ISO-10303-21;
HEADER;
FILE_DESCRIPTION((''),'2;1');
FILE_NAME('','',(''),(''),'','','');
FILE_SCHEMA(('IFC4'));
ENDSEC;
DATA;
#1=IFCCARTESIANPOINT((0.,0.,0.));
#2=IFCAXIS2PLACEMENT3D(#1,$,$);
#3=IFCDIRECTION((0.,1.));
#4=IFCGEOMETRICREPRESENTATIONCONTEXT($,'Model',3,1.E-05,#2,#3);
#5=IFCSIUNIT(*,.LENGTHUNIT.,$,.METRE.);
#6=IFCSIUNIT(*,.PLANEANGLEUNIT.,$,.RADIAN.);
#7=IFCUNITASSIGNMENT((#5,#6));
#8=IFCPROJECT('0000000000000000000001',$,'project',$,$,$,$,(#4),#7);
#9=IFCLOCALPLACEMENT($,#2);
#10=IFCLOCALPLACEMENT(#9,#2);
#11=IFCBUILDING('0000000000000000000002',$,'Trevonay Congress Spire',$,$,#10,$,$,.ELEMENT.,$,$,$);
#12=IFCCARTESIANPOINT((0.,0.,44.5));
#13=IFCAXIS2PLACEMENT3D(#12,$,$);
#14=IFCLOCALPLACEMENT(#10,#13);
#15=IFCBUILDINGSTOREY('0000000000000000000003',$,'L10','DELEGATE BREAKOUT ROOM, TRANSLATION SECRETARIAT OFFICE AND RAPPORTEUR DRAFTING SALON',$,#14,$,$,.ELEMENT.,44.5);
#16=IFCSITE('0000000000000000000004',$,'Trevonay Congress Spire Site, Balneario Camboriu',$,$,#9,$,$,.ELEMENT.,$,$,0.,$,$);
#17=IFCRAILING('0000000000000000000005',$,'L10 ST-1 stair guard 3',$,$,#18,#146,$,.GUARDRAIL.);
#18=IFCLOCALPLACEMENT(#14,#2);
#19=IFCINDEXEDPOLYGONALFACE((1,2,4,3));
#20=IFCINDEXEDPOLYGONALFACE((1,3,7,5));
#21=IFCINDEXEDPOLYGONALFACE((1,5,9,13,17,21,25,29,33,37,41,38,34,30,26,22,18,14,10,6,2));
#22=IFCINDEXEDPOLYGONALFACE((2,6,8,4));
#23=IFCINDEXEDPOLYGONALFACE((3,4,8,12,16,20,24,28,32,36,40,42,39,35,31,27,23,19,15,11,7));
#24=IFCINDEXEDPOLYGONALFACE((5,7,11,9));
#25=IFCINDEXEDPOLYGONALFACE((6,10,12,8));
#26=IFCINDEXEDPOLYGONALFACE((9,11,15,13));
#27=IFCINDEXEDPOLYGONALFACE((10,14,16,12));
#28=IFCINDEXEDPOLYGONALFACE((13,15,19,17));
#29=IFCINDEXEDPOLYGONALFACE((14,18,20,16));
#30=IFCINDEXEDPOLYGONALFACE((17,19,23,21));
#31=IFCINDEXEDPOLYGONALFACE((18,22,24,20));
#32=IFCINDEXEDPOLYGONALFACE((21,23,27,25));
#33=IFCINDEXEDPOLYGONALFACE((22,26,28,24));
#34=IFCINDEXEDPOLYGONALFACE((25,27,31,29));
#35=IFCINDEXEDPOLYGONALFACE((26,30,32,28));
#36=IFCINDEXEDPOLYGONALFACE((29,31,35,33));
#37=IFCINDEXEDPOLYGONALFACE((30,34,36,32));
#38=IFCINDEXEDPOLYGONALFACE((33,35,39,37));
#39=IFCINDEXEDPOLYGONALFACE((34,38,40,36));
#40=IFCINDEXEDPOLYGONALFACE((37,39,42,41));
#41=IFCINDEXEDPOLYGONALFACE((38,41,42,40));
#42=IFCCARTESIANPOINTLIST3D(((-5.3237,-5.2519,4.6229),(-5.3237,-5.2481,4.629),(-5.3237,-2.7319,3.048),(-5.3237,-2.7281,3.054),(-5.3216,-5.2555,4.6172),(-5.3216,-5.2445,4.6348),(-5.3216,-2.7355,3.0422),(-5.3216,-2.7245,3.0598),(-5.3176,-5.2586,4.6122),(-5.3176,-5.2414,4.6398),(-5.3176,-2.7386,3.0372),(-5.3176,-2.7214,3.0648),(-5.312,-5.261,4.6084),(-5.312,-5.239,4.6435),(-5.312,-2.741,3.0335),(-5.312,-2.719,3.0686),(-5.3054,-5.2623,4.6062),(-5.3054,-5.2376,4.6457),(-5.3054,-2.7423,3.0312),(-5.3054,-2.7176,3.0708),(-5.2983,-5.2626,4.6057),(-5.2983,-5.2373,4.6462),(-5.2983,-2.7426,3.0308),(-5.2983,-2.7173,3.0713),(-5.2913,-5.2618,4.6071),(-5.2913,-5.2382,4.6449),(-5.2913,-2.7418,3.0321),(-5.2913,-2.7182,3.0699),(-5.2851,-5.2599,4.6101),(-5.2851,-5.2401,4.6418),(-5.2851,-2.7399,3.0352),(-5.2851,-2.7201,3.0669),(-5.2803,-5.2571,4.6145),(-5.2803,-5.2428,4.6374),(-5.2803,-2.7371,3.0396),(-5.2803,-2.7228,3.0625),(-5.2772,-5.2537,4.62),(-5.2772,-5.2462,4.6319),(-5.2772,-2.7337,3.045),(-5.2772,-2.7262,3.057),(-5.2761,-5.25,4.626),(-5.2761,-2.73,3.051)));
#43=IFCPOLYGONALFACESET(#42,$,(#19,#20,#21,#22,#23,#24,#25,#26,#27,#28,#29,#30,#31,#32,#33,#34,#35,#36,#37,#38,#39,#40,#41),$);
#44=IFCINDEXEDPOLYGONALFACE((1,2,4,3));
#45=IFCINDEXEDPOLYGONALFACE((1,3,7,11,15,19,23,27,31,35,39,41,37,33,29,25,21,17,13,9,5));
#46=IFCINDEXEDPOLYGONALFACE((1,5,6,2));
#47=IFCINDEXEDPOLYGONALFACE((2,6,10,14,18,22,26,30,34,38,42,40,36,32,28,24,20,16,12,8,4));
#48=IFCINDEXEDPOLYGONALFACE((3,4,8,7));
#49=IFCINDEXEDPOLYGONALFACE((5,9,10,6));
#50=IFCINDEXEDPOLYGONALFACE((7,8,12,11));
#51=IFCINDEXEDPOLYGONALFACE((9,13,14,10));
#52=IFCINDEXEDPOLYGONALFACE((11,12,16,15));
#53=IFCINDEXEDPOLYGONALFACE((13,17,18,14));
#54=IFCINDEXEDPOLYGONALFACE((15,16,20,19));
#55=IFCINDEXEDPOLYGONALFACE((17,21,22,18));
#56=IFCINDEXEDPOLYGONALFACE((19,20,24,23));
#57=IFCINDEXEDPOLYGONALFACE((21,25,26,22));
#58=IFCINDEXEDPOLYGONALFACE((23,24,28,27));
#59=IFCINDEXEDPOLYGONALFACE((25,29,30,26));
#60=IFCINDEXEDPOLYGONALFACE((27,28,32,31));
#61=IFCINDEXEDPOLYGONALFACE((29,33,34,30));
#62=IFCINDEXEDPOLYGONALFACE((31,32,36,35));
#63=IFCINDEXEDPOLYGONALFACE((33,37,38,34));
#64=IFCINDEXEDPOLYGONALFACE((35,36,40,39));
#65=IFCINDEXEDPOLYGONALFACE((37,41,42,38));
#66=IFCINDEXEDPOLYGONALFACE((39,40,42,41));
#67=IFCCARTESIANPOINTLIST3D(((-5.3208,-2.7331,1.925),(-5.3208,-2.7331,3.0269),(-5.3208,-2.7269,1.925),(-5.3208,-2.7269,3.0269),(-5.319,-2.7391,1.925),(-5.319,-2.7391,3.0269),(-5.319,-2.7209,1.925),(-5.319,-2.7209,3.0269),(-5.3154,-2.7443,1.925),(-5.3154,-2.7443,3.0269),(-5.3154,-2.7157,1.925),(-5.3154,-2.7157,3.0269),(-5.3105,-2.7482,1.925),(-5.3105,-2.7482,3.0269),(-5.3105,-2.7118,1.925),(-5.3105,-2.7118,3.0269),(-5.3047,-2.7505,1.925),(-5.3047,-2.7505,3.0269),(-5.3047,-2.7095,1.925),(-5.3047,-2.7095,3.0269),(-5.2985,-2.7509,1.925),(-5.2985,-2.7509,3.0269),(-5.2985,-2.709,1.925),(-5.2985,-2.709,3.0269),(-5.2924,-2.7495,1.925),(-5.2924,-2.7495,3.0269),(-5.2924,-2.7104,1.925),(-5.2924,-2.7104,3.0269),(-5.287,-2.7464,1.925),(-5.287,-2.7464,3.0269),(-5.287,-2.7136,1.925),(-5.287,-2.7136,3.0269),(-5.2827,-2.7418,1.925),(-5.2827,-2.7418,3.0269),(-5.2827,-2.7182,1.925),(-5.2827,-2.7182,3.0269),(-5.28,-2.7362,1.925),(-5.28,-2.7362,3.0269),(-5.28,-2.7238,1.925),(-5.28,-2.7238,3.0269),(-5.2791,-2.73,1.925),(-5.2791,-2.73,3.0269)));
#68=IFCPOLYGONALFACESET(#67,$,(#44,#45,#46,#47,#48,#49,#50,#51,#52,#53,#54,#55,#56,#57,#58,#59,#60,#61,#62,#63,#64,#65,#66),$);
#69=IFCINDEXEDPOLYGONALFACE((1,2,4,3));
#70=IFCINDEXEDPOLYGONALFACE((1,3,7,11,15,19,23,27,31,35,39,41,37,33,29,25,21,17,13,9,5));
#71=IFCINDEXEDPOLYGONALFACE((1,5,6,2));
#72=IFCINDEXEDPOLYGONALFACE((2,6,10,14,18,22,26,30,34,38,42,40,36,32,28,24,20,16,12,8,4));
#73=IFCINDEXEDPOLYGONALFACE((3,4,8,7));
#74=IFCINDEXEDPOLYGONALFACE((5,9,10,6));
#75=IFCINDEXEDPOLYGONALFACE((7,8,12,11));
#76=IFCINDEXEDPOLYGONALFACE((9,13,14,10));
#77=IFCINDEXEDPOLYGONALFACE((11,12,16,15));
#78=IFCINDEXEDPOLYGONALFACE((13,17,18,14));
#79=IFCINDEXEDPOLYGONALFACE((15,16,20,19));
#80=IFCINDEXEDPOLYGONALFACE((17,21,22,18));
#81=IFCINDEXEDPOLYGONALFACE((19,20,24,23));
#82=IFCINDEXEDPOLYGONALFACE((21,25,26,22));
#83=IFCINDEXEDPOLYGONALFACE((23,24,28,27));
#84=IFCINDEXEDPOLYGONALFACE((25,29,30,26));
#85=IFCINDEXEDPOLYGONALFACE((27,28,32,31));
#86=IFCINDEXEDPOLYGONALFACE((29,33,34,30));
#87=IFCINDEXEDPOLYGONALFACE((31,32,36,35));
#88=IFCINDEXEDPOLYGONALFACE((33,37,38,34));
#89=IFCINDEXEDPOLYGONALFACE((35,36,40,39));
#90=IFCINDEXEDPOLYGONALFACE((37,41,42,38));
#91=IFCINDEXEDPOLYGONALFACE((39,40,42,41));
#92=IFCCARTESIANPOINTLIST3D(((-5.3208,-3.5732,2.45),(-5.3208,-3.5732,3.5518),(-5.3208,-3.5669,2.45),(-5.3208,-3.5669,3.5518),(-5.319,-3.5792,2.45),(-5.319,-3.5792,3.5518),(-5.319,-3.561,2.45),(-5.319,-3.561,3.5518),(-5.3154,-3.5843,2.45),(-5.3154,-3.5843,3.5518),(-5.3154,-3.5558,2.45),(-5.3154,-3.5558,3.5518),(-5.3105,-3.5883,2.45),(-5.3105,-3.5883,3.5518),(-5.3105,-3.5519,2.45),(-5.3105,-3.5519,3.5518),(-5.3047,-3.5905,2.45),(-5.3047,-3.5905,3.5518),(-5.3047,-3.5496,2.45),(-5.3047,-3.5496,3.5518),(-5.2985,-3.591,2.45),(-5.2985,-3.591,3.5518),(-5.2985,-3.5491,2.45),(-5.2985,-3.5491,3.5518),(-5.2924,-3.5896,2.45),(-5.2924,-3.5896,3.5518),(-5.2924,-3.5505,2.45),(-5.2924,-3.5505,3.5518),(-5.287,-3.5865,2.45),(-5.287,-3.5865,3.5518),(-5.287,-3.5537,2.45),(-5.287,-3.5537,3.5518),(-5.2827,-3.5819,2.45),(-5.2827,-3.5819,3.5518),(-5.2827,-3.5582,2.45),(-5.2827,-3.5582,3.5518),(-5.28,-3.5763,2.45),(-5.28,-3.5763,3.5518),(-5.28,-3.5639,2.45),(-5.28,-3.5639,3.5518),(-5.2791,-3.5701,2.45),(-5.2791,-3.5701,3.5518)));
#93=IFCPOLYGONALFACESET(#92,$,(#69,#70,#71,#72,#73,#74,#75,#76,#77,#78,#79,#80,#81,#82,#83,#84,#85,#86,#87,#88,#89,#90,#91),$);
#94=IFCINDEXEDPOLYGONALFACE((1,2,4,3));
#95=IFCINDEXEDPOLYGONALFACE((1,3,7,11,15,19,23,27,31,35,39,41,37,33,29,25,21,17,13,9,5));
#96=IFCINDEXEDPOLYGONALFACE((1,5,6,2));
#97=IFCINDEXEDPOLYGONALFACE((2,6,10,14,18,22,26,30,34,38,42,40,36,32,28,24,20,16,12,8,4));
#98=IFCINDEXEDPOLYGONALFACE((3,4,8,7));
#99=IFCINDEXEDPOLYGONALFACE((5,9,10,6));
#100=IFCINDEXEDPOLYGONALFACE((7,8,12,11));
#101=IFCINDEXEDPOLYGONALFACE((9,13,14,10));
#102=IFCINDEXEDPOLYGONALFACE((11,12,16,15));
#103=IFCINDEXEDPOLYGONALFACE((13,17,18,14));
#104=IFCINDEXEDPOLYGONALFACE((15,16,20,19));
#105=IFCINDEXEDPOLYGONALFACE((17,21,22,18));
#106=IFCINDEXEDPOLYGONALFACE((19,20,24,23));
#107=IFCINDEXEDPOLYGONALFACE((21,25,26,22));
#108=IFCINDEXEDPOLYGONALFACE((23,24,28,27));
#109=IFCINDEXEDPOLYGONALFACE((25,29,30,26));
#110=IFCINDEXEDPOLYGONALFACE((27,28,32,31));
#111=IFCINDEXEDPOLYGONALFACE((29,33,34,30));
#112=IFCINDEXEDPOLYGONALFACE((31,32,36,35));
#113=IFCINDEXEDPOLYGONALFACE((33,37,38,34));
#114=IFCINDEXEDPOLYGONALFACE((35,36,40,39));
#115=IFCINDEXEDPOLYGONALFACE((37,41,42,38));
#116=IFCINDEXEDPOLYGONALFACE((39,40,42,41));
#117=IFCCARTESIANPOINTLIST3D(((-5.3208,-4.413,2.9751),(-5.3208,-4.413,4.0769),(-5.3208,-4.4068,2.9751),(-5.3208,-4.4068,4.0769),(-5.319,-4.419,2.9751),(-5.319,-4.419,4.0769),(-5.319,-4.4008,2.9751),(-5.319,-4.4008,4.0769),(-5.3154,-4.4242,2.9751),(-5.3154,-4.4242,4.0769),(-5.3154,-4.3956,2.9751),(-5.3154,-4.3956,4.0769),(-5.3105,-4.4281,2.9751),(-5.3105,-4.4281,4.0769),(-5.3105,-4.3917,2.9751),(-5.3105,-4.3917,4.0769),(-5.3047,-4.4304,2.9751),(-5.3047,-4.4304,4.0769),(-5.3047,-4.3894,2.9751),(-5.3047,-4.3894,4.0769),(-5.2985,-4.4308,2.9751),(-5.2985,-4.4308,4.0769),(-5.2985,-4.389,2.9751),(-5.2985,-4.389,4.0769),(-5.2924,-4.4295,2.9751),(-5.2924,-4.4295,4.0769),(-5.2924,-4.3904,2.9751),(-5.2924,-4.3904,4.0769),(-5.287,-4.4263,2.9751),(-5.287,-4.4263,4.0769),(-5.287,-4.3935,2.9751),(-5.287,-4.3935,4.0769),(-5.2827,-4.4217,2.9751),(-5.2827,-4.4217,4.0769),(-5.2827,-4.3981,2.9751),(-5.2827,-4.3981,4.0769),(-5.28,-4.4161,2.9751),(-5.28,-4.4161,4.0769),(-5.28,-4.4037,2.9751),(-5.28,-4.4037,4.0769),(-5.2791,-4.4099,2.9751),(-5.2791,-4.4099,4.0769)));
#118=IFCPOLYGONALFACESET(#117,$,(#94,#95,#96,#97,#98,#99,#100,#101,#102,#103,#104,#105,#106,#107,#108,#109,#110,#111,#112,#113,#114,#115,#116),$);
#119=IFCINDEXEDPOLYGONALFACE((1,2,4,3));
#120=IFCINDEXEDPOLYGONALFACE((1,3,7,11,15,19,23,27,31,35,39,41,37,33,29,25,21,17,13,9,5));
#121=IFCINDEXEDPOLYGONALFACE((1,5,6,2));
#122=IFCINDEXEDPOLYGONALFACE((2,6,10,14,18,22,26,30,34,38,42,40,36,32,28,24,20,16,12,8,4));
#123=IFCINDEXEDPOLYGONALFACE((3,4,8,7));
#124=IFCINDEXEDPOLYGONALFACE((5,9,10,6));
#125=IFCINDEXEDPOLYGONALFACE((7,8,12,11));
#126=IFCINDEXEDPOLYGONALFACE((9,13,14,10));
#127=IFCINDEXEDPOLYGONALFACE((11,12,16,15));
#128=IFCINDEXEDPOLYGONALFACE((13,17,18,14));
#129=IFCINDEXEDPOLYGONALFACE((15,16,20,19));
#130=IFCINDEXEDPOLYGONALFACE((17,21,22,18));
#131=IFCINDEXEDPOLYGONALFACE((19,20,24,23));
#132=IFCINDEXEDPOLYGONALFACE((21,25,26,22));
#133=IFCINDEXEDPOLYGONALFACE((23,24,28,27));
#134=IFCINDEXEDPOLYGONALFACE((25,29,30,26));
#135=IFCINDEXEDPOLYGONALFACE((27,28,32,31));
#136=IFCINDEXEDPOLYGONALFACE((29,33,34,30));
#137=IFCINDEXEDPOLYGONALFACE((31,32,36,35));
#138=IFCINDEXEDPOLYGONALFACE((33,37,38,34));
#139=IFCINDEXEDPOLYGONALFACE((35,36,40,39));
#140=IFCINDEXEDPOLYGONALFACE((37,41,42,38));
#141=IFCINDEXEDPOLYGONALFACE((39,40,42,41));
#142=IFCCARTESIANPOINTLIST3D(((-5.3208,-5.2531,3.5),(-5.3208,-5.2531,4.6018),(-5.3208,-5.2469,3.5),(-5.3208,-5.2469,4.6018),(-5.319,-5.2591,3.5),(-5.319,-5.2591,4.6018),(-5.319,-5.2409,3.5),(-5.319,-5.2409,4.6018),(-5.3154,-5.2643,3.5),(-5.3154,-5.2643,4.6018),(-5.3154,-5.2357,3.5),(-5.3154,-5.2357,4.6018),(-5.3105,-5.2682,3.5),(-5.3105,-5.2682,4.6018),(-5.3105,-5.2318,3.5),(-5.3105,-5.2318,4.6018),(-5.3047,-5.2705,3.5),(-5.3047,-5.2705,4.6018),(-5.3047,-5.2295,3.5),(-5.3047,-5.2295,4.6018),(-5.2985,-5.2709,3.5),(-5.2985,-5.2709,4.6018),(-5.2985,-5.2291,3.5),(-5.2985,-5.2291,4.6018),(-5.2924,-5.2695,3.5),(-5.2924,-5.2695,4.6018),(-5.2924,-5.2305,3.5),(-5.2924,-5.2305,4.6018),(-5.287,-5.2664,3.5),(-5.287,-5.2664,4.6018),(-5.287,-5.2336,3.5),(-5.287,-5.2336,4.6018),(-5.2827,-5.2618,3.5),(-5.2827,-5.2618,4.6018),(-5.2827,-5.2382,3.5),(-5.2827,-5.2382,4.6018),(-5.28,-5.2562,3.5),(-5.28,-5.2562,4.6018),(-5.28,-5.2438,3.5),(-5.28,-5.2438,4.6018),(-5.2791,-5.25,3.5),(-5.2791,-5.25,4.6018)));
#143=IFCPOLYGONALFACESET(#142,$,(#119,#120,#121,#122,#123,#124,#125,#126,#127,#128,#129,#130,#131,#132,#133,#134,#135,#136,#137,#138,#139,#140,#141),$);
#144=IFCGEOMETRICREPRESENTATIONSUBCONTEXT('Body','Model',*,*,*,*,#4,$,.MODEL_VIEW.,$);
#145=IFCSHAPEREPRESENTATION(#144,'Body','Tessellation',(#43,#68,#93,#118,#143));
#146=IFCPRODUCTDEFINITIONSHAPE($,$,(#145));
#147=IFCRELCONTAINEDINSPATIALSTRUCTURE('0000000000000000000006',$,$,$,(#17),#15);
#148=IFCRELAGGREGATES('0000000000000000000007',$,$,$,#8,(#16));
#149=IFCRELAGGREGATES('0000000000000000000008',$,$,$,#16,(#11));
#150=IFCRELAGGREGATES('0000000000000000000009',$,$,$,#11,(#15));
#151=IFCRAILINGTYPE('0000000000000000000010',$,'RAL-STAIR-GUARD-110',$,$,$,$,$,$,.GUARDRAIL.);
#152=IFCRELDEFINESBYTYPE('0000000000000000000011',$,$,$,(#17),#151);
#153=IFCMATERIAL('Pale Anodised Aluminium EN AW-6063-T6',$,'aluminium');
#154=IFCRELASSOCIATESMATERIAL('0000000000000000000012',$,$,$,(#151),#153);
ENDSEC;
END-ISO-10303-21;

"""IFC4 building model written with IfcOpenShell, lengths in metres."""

from ifc_helpers import new_model, si_unit, direction, frame, origin, origin_2d, place, context, subcontext, project, spatial, circle, extrude, material, type_object, element, save


model = new_model("IFC4")

# Units and contexts
model_context = context("Model", 3, precision=1e-05, world=origin(), true_north=direction((0.0, 1.0)))
body_context = subcontext(model_context, "Body", "Model", "MODEL_VIEW")
ifc_project = project(units=[si_unit("LENGTHUNIT", "METRE"), si_unit("PLANEANGLEUNIT", "RADIAN")], contexts=[model_context])

# Site, building, storey
site_placement = place(None, origin())
site = spatial("IfcSite", under=ifc_project, at=site_placement, Name="Trevonay Congress Spire Site, Balneario Camboriu", CompositionType="ELEMENT", RefElevation=0.0)
building_placement = place(site_placement, origin())
building = spatial("IfcBuilding", under=site, at=building_placement, Name="Trevonay Congress Spire", CompositionType="ELEMENT")
storey_placement = place(building_placement, frame((0.0, 0.0, 44.5)))
storey = spatial("IfcBuildingStorey", under=building, at=storey_placement, Name="L10", Description="DELEGATE BREAKOUT ROOM, TRANSLATION SECRETARIAT OFFICE AND RAPPORTEUR DRAFTING SALON", CompositionType="ELEMENT", Elevation=44.5)

# Shared definitions
ifc_material_1 = material(Name="Pale Anodised Aluminium EN AW-6063-T6", Category="aluminium")

# Railing
railing_type_1 = type_object("IfcRailingType", Name="RAL-STAIR-GUARD-110", PredefinedType="GUARDRAIL", material=ifc_material_1)
railing_1_placement = place(storey_placement, frame((-5.3, -2.73, 1.925)))
element("IfcRailing", 1, at=railing_1_placement, inside=storey, type_object=railing_type_1, Name="L10 ST-1 stair guard 3", PredefinedType="GUARDRAIL", context=body_context, shape_type="SweptSolid", body=[
    extrude(circle(Radius=0.0239, at=origin_2d()), frame((0.0, 0.0, 1.126), z_axis=(0.0, -0.848008, 0.529984), x_axis=(1.0, 0.0, 0.0)), (0.0, 0.0, 1.0), 2.9717),
    extrude(circle(Radius=0.021, at=origin_2d()), origin(), (0.0, 0.0, 1.0), 1.1018),
    extrude(circle(Radius=0.021, at=origin_2d()), frame((0.0, -0.8401, 0.5249)), (0.0, 0.0, 1.0), 1.1018),
    extrude(circle(Radius=0.021, at=origin_2d()), frame((0.0, -1.6799, 1.05)), (0.0, 0.0, 1.0), 1.1018),
    extrude(circle(Radius=0.021, at=origin_2d()), frame((0.0, -2.52, 1.575)), (0.0, 0.0, 1.0), 1.1018),
])

save(model, "model.ifc")
